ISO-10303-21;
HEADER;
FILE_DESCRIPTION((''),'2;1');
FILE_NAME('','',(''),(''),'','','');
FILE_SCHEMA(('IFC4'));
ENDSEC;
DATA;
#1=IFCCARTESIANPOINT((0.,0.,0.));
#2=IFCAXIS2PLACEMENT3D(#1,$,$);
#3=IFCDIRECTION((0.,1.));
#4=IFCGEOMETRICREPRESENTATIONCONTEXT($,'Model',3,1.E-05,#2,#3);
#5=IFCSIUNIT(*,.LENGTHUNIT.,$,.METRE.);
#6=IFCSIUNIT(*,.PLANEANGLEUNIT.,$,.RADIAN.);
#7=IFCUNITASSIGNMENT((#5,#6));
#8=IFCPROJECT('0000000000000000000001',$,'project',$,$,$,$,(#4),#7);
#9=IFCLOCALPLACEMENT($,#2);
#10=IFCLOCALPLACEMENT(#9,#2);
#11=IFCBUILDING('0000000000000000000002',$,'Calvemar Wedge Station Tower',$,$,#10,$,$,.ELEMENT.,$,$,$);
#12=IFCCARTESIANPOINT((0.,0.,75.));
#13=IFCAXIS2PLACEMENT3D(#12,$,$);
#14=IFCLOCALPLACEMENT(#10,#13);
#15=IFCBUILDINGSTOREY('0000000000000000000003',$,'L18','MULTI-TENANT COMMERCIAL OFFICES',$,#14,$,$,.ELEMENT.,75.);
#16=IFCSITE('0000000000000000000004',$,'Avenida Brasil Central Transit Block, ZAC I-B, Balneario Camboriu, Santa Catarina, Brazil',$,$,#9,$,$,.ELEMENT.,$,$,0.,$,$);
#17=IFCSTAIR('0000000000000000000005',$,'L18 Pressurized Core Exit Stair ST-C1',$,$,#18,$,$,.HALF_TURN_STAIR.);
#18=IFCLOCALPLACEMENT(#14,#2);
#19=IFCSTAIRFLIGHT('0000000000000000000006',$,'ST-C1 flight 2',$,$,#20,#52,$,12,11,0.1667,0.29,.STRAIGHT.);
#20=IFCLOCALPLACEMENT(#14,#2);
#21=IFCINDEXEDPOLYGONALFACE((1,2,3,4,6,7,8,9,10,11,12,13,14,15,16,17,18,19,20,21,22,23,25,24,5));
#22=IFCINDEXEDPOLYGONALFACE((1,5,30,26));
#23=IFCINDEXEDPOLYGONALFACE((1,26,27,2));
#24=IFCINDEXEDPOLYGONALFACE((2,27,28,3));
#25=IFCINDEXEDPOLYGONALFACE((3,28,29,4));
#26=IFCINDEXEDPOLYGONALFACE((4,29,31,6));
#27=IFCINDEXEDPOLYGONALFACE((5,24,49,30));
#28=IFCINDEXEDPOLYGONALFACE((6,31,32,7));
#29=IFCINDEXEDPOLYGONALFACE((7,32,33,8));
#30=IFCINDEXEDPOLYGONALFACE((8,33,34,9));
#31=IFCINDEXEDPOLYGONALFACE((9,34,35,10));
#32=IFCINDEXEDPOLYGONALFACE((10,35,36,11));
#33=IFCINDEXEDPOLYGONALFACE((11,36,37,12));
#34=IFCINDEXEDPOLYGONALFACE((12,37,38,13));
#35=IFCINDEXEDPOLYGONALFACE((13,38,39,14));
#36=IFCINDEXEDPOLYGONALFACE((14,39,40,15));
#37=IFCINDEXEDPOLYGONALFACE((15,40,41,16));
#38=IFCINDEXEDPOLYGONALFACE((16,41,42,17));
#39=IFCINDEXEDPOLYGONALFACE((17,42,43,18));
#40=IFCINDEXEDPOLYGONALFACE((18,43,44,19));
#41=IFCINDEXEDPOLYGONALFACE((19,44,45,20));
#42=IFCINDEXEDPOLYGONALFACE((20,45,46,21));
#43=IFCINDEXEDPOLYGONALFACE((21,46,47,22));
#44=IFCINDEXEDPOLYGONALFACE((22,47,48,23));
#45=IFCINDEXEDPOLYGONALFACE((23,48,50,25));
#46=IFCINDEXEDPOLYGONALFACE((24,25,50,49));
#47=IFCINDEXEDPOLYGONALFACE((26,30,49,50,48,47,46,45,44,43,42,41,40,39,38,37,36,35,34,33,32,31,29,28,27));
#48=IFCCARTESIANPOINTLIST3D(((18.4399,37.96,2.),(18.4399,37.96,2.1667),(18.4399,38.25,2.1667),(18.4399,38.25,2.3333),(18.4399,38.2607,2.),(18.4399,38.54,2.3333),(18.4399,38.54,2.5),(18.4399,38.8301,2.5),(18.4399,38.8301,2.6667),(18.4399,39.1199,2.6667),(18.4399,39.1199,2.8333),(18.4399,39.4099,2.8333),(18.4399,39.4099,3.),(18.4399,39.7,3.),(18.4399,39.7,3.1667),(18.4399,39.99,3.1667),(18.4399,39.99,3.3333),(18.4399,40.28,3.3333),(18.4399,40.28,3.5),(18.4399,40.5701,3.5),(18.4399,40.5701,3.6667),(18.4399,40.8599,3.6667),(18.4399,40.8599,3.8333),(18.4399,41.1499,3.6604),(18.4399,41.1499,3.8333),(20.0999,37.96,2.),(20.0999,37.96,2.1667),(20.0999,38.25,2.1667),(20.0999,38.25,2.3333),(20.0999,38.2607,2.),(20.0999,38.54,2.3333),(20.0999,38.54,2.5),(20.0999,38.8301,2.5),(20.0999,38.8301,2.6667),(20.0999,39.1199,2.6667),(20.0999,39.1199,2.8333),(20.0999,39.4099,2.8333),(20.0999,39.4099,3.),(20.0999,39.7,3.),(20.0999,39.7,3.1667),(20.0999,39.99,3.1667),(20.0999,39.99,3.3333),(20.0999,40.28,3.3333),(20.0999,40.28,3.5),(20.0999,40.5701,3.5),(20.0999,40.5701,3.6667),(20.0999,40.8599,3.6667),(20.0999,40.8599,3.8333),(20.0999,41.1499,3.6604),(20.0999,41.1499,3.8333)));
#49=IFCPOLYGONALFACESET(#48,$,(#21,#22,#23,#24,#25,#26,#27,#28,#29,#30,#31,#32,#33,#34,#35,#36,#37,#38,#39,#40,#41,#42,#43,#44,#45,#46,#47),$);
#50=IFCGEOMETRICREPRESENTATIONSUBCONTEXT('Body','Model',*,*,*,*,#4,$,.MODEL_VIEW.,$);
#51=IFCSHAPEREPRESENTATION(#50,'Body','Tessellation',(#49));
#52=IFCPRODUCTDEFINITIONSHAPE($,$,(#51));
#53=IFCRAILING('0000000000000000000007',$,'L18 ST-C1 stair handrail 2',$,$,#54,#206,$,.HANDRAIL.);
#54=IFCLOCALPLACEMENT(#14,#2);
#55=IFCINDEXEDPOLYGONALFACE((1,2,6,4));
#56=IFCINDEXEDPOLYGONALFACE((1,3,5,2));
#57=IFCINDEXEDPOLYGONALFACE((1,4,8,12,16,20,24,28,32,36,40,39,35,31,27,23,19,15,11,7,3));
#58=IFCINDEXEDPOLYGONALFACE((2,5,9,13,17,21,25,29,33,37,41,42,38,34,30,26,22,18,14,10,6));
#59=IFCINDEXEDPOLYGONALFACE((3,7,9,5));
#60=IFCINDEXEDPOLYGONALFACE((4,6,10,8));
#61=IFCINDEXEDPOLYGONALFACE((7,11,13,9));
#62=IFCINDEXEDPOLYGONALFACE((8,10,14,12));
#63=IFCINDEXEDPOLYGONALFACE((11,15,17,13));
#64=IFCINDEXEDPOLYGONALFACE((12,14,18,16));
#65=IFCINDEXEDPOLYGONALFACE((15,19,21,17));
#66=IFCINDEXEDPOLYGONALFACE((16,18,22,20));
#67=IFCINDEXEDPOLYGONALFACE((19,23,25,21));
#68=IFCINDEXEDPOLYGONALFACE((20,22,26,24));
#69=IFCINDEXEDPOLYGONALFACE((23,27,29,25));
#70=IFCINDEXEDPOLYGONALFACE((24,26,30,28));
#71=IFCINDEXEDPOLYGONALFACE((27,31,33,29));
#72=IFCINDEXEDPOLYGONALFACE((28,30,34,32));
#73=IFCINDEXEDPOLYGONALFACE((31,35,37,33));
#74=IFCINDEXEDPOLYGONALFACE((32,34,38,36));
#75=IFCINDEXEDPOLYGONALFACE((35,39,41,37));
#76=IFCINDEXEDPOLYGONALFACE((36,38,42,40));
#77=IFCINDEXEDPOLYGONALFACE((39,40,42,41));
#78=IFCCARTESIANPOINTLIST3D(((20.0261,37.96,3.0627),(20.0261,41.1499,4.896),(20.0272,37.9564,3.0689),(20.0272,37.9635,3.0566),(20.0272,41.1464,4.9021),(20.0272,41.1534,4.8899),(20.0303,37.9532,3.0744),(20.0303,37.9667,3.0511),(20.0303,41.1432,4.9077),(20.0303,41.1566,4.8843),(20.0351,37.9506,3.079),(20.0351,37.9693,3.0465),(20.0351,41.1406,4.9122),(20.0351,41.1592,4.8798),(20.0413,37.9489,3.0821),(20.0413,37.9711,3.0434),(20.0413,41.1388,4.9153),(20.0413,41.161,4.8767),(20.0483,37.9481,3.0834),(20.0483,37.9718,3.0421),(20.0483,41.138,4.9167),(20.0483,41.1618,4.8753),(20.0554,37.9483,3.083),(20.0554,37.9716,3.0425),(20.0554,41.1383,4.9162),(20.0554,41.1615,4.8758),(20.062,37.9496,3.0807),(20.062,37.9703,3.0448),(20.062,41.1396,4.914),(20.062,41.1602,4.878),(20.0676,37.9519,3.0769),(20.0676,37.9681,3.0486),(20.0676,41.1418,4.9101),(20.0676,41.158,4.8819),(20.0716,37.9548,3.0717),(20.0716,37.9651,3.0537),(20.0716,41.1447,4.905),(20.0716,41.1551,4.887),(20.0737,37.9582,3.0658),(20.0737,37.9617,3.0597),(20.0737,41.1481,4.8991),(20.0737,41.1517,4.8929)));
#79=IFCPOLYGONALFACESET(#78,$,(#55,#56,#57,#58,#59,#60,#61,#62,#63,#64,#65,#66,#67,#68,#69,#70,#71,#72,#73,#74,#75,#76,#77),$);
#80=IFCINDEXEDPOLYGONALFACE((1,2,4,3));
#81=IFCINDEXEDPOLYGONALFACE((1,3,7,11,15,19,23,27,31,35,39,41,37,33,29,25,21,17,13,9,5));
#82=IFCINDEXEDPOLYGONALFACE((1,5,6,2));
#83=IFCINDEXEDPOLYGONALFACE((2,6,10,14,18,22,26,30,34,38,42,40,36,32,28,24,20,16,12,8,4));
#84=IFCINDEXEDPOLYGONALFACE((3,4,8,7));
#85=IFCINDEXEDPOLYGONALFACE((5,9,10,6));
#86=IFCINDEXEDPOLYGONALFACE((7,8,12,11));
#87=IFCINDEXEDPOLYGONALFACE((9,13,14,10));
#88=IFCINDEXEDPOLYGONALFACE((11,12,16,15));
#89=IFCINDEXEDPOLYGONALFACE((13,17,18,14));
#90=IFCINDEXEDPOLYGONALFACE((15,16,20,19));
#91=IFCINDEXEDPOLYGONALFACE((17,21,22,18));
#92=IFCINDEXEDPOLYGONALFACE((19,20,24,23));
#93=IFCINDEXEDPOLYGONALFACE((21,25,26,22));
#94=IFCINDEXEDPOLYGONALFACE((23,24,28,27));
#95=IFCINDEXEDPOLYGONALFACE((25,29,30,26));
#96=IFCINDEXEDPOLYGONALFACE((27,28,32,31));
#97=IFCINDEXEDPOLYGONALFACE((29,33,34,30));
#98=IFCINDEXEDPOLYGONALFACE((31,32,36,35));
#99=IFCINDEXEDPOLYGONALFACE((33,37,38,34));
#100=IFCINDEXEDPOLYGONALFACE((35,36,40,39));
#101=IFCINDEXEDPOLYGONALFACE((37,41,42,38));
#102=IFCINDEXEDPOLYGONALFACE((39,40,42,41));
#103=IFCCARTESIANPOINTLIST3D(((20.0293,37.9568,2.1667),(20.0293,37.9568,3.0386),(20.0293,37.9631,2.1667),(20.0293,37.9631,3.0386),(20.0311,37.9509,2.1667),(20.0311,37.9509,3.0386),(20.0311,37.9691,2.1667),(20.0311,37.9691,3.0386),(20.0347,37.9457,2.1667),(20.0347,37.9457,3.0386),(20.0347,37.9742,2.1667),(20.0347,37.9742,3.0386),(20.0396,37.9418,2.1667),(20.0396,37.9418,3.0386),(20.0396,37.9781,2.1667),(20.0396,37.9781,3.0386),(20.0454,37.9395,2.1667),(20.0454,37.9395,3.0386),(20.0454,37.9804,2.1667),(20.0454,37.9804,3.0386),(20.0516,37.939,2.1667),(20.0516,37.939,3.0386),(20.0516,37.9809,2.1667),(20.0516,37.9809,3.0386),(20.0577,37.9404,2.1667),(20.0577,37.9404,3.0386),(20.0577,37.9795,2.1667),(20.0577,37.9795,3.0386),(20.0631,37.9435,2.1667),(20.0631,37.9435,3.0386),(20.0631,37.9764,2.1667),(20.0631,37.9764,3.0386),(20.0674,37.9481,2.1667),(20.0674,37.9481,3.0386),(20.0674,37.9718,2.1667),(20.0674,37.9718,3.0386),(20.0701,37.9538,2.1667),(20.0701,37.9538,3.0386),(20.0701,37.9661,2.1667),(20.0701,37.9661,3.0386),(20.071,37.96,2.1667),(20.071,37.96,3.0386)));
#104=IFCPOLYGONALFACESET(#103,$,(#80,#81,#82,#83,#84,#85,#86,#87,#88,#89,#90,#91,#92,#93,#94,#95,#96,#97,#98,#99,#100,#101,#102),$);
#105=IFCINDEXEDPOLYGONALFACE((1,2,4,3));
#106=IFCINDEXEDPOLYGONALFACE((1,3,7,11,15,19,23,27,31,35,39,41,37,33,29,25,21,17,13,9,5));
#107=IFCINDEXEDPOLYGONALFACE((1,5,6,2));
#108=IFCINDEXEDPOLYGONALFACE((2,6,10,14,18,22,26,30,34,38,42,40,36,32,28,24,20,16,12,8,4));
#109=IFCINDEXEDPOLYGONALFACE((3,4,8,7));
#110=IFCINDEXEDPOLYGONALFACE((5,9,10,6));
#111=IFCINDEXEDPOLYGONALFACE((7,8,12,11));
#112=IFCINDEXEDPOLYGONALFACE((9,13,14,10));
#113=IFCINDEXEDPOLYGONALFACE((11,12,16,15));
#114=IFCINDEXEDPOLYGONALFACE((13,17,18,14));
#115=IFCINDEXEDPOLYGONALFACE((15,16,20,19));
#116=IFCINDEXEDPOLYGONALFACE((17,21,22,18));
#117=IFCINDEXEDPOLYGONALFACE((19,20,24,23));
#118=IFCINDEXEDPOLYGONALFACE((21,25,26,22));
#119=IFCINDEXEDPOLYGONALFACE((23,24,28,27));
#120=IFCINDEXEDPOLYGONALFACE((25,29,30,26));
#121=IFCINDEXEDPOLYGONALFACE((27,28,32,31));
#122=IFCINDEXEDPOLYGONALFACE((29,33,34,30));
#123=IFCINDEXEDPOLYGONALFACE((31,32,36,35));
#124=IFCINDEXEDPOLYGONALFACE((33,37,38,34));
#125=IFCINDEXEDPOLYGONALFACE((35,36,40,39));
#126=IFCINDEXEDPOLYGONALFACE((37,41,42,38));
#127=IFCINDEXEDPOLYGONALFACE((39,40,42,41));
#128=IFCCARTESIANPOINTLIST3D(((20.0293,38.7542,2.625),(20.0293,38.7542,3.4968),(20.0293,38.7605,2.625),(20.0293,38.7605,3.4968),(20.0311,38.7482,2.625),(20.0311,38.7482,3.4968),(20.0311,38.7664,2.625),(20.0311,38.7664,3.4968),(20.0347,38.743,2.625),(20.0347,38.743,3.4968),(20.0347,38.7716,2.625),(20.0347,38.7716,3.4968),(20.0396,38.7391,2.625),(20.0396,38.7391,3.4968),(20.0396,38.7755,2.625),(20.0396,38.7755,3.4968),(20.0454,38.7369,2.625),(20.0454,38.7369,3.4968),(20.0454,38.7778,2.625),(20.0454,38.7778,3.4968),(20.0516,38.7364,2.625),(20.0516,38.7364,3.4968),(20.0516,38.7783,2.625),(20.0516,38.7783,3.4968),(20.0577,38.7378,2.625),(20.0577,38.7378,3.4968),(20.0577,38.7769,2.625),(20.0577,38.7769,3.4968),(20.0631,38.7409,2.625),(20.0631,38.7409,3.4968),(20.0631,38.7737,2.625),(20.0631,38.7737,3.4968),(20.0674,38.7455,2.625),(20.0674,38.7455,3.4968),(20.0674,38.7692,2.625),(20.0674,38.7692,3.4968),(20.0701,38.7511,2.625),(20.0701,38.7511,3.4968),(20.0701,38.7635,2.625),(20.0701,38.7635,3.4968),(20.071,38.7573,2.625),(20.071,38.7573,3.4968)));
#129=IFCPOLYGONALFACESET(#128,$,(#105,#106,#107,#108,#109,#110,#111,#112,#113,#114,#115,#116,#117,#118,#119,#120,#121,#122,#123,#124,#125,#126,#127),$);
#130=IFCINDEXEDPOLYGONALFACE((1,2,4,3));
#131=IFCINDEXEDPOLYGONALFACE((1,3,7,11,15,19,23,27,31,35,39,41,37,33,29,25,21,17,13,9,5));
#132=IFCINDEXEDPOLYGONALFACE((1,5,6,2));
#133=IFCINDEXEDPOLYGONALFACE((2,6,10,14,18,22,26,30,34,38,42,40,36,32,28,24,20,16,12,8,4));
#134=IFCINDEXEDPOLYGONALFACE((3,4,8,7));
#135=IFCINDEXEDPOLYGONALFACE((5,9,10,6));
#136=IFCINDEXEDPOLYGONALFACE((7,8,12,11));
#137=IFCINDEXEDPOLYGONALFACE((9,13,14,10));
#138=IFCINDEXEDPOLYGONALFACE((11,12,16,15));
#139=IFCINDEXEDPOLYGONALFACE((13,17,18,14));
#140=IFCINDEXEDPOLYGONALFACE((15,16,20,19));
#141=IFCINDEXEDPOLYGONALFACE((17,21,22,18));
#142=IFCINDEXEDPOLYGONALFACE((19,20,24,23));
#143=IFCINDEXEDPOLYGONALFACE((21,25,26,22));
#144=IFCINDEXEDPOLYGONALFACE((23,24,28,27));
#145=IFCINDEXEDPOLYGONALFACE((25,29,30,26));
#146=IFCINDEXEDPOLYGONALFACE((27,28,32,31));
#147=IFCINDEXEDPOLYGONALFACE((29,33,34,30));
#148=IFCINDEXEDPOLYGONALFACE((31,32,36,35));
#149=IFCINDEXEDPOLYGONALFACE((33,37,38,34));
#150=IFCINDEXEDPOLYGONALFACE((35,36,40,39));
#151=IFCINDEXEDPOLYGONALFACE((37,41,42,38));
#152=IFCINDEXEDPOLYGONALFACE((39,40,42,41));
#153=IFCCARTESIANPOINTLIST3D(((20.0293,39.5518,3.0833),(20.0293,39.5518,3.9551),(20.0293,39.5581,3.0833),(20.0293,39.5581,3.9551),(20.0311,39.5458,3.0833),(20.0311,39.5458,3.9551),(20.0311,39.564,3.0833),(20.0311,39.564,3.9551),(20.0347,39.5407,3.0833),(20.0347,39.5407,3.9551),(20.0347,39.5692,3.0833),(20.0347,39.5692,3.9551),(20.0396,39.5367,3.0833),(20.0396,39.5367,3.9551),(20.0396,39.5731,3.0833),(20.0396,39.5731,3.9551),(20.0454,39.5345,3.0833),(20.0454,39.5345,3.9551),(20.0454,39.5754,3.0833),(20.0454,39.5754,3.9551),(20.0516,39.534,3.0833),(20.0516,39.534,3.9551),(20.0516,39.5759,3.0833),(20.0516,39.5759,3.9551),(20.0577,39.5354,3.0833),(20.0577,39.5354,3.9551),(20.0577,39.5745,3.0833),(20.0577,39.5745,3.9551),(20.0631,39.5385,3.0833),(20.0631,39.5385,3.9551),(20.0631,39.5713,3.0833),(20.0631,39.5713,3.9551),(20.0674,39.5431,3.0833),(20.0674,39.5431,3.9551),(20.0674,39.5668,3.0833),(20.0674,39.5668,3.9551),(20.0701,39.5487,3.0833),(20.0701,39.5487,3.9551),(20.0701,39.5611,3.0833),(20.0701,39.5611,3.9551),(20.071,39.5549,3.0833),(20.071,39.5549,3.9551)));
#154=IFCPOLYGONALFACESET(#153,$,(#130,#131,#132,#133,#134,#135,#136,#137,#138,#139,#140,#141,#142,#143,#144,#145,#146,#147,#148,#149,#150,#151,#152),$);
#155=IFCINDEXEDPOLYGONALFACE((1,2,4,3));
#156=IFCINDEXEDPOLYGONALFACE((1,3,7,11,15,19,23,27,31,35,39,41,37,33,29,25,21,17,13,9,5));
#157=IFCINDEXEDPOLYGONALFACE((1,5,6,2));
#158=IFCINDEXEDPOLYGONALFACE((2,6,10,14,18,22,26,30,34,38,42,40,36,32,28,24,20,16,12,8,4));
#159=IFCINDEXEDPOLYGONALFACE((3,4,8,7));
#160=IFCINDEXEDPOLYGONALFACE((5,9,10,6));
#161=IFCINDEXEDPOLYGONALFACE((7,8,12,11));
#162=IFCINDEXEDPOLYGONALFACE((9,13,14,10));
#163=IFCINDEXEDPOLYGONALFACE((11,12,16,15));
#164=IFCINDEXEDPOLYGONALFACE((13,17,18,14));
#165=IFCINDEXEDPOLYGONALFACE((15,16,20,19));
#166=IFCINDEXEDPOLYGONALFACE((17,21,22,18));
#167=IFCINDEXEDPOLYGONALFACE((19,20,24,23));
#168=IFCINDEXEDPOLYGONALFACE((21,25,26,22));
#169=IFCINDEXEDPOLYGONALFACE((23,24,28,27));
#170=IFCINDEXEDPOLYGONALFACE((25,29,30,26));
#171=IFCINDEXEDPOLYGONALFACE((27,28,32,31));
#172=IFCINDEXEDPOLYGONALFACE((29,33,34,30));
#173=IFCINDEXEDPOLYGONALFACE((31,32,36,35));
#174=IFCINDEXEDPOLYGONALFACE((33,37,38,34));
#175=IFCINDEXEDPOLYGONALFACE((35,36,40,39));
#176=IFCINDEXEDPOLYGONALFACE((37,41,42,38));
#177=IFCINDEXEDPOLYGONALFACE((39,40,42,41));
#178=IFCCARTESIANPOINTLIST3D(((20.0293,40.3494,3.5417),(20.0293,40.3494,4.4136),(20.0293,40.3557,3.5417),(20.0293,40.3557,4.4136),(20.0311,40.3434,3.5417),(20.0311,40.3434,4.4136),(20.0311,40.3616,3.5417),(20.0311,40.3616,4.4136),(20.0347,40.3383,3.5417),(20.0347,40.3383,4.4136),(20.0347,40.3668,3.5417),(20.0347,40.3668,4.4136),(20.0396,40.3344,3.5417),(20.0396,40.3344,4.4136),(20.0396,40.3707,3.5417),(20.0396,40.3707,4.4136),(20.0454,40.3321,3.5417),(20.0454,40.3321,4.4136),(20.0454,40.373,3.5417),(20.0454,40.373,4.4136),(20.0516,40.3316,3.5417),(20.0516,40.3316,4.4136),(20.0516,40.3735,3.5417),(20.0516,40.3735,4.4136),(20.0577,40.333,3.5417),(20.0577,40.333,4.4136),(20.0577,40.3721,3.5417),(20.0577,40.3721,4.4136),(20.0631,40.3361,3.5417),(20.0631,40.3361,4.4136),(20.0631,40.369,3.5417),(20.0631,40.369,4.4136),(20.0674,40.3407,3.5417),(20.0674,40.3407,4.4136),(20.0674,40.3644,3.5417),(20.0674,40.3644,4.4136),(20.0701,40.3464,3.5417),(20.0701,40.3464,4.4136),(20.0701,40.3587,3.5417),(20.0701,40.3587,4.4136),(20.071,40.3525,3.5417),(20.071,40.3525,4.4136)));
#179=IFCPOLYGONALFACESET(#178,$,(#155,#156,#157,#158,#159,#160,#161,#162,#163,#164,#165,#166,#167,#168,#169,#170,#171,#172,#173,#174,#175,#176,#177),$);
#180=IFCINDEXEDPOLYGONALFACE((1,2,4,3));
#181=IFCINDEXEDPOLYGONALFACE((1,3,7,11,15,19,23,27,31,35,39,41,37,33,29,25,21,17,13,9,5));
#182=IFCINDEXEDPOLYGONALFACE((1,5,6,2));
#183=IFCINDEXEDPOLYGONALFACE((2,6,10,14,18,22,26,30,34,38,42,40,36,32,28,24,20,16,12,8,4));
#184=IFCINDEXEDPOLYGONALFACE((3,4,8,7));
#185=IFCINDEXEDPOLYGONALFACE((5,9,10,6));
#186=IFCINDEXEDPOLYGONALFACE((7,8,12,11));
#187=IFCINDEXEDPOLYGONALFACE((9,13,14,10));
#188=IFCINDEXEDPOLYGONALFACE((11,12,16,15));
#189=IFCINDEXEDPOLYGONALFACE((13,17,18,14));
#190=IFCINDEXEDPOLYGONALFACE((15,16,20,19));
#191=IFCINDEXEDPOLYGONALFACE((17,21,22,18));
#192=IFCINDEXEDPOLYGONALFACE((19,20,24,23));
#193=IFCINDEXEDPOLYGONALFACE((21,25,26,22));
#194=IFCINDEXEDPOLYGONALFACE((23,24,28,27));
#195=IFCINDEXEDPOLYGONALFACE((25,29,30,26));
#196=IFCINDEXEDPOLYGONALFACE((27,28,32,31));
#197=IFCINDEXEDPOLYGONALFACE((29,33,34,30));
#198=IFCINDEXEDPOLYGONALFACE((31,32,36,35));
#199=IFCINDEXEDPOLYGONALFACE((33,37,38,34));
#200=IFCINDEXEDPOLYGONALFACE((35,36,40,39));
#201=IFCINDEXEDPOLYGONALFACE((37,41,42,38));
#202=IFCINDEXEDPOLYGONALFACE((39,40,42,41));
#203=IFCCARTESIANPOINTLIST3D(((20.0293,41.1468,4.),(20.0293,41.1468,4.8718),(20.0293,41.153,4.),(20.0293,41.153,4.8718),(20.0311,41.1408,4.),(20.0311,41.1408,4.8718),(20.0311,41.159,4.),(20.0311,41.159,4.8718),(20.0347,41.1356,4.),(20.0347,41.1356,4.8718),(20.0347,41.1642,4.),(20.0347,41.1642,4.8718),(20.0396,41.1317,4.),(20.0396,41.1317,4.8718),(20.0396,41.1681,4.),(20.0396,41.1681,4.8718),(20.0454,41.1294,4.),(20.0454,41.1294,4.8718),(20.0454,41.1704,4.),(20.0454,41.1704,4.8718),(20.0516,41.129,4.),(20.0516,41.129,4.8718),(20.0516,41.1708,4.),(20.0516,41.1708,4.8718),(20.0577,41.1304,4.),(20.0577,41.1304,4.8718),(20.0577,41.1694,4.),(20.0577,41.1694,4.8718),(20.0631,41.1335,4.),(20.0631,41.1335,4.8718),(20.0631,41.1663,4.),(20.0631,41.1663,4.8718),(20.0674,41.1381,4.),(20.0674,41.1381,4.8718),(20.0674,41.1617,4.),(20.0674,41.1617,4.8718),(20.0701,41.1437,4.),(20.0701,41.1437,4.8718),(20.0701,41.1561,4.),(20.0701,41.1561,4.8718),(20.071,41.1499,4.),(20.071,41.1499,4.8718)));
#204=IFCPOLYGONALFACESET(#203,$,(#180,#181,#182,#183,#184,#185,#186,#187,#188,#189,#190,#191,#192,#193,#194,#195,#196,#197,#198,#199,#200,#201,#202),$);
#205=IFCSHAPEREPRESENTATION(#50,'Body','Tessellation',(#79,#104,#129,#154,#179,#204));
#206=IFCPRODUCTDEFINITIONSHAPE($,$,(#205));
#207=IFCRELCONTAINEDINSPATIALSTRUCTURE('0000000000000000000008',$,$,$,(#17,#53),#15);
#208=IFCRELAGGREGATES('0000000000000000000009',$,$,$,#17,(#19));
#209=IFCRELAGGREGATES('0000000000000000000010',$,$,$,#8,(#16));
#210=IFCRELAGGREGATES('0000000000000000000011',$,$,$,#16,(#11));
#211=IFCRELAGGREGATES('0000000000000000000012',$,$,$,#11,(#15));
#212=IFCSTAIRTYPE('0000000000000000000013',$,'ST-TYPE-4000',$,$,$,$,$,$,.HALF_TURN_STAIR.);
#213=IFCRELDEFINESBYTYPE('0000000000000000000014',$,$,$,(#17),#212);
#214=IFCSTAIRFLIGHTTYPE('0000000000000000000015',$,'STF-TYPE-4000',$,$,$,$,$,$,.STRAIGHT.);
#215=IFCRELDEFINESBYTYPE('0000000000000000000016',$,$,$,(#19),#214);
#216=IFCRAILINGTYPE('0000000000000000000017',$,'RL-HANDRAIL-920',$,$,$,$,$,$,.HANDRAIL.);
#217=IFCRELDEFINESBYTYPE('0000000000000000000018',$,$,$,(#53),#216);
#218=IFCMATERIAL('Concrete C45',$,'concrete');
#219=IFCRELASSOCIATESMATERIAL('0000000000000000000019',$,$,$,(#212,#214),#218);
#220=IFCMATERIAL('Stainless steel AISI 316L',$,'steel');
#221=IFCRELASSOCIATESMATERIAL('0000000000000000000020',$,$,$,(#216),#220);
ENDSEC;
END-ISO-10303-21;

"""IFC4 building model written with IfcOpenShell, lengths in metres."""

from ifc_helpers import new_model, si_unit, direction, frame, origin, origin_2d, place, context, subcontext, project, spatial, polyline, circle, outline, extrude, material, type_object, element, aggregate, save


model = new_model("IFC4")

# Units and contexts
model_context = context("Model", 3, precision=1e-05, world=origin(), true_north=direction((0.0, 1.0)))
body_context = subcontext(model_context, "Body", "Model", "MODEL_VIEW")
ifc_project = project(units=[si_unit("LENGTHUNIT", "METRE"), si_unit("PLANEANGLEUNIT", "RADIAN")], contexts=[model_context])

# Site, building, storey
site_placement = place(None, origin())
site = spatial("IfcSite", under=ifc_project, at=site_placement, Name="Avenida Brasil Central Transit Block, ZAC I-B, Balneario Camboriu, Santa Catarina, Brazil", CompositionType="ELEMENT", RefElevation=0.0)
building_placement = place(site_placement, origin())
building = spatial("IfcBuilding", under=site, at=building_placement, Name="Calvemar Wedge Station Tower", CompositionType="ELEMENT")
storey_placement = place(building_placement, frame((0.0, 0.0, 75.0)))
storey = spatial("IfcBuildingStorey", under=building, at=storey_placement, Name="L18", Description="MULTI-TENANT COMMERCIAL OFFICES", CompositionType="ELEMENT", Elevation=75.0)

# Stair, stair flight
ifc_material_1 = material(Name="Concrete C45", Category="concrete")
stair_type = type_object("IfcStairType", Name="ST-TYPE-4000", PredefinedType="HALF_TURN_STAIR", material=ifc_material_1)
stair_placement = place(storey_placement, origin())
stair = element("IfcStair", 1, at=stair_placement, inside=storey, type_object=stair_type, Name="L18 Pressurized Core Exit Stair ST-C1", PredefinedType="HALF_TURN_STAIR")
stair_flight_type = type_object("IfcStairFlightType", Name="STF-TYPE-4000", PredefinedType="STRAIGHT", material=ifc_material_1)
stair_flight_placement = place(storey_placement, frame((19.27, 37.96, 2.0), z_axis=(0.0, 0.0, 1.0), x_axis=(0.0, 1.0, 0.0)))
stair_flight = element("IfcStairFlight", 2, at=stair_flight_placement, type_object=stair_flight_type, Name="ST-C1 flight 2", NumberOfRisers=12, NumberOfTreads=11, PredefinedType="STRAIGHT", RiserHeight=0.1667, TreadLength=0.29, context=body_context, shape_type="SweptSolid", body=[
    extrude(outline(polyline([(0.0, 0.0), (0.0, 0.1667), (0.29, 0.1667), (0.29, 0.3333), (0.5801, 0.3333), (0.5801, 0.5), (0.8701, 0.5), (0.8701, 0.6667), (1.1599, 0.6667), (1.1599, 0.8333), (1.45, 0.8333), (1.45, 1.0), (1.74, 1.0), (1.74, 1.1667), (2.03, 1.1667), (2.03, 1.3333), (2.3201, 1.3333), (2.3201, 1.5), (2.6101, 1.5), (2.6101, 1.6667), (2.8999, 1.6667), (2.8999, 1.8333), (3.1899, 1.8333), (3.1899, 2.0), (3.1899, 1.6604), (0.3008, 0.0), (0.0, 0.0)])), frame((0.0, 0.8301, 0.0), z_axis=(0.0, -1.0, 0.0), x_axis=(1.0, 0.0, 0.0)), (0.0, 0.0, 1.0), 1.6599),
])
aggregate(stair, [stair_flight])

# Railing
ifc_material_2 = material(Name="Stainless steel AISI 316L", Category="steel")
railing_type_1 = type_object("IfcRailingType", Name="RL-HANDRAIL-920", PredefinedType="HANDRAIL", material=ifc_material_2)
railing_1_placement = place(storey_placement, frame((20.05, 37.96, 2.1667)))
element("IfcRailing", 3, at=railing_1_placement, inside=storey, type_object=railing_type_1, Name="L18 ST-C1 stair handrail 2", PredefinedType="HANDRAIL", context=body_context, shape_type="SweptSolid", body=[
    extrude(circle(Radius=0.0239, at=origin_2d()), frame((0.0, 0.0, 0.896), z_axis=(0.0, 0.86702, 0.498274), x_axis=(-1.0, 0.0, 0.0)), (0.0, 0.0, 1.0), 3.6792),
    extrude(circle(Radius=0.021, at=origin_2d()), origin(), (0.0, 0.0, 1.0), 0.8718),
    extrude(circle(Radius=0.021, at=origin_2d()), frame((0.0, 0.7974, 0.4583)), (0.0, 0.0, 1.0), 0.8718),
    extrude(circle(Radius=0.021, at=origin_2d()), frame((0.0, 1.595, 0.9165)), (0.0, 0.0, 1.0), 0.8718),
    extrude(circle(Radius=0.021, at=origin_2d()), frame((0.0, 2.3926, 1.375)), (0.0, 0.0, 1.0), 0.8718),
    extrude(circle(Radius=0.021, at=origin_2d()), frame((0.0, 3.1899, 1.8333)), (0.0, 0.0, 1.0), 0.8718),
])

save(model, "model.ifc")
